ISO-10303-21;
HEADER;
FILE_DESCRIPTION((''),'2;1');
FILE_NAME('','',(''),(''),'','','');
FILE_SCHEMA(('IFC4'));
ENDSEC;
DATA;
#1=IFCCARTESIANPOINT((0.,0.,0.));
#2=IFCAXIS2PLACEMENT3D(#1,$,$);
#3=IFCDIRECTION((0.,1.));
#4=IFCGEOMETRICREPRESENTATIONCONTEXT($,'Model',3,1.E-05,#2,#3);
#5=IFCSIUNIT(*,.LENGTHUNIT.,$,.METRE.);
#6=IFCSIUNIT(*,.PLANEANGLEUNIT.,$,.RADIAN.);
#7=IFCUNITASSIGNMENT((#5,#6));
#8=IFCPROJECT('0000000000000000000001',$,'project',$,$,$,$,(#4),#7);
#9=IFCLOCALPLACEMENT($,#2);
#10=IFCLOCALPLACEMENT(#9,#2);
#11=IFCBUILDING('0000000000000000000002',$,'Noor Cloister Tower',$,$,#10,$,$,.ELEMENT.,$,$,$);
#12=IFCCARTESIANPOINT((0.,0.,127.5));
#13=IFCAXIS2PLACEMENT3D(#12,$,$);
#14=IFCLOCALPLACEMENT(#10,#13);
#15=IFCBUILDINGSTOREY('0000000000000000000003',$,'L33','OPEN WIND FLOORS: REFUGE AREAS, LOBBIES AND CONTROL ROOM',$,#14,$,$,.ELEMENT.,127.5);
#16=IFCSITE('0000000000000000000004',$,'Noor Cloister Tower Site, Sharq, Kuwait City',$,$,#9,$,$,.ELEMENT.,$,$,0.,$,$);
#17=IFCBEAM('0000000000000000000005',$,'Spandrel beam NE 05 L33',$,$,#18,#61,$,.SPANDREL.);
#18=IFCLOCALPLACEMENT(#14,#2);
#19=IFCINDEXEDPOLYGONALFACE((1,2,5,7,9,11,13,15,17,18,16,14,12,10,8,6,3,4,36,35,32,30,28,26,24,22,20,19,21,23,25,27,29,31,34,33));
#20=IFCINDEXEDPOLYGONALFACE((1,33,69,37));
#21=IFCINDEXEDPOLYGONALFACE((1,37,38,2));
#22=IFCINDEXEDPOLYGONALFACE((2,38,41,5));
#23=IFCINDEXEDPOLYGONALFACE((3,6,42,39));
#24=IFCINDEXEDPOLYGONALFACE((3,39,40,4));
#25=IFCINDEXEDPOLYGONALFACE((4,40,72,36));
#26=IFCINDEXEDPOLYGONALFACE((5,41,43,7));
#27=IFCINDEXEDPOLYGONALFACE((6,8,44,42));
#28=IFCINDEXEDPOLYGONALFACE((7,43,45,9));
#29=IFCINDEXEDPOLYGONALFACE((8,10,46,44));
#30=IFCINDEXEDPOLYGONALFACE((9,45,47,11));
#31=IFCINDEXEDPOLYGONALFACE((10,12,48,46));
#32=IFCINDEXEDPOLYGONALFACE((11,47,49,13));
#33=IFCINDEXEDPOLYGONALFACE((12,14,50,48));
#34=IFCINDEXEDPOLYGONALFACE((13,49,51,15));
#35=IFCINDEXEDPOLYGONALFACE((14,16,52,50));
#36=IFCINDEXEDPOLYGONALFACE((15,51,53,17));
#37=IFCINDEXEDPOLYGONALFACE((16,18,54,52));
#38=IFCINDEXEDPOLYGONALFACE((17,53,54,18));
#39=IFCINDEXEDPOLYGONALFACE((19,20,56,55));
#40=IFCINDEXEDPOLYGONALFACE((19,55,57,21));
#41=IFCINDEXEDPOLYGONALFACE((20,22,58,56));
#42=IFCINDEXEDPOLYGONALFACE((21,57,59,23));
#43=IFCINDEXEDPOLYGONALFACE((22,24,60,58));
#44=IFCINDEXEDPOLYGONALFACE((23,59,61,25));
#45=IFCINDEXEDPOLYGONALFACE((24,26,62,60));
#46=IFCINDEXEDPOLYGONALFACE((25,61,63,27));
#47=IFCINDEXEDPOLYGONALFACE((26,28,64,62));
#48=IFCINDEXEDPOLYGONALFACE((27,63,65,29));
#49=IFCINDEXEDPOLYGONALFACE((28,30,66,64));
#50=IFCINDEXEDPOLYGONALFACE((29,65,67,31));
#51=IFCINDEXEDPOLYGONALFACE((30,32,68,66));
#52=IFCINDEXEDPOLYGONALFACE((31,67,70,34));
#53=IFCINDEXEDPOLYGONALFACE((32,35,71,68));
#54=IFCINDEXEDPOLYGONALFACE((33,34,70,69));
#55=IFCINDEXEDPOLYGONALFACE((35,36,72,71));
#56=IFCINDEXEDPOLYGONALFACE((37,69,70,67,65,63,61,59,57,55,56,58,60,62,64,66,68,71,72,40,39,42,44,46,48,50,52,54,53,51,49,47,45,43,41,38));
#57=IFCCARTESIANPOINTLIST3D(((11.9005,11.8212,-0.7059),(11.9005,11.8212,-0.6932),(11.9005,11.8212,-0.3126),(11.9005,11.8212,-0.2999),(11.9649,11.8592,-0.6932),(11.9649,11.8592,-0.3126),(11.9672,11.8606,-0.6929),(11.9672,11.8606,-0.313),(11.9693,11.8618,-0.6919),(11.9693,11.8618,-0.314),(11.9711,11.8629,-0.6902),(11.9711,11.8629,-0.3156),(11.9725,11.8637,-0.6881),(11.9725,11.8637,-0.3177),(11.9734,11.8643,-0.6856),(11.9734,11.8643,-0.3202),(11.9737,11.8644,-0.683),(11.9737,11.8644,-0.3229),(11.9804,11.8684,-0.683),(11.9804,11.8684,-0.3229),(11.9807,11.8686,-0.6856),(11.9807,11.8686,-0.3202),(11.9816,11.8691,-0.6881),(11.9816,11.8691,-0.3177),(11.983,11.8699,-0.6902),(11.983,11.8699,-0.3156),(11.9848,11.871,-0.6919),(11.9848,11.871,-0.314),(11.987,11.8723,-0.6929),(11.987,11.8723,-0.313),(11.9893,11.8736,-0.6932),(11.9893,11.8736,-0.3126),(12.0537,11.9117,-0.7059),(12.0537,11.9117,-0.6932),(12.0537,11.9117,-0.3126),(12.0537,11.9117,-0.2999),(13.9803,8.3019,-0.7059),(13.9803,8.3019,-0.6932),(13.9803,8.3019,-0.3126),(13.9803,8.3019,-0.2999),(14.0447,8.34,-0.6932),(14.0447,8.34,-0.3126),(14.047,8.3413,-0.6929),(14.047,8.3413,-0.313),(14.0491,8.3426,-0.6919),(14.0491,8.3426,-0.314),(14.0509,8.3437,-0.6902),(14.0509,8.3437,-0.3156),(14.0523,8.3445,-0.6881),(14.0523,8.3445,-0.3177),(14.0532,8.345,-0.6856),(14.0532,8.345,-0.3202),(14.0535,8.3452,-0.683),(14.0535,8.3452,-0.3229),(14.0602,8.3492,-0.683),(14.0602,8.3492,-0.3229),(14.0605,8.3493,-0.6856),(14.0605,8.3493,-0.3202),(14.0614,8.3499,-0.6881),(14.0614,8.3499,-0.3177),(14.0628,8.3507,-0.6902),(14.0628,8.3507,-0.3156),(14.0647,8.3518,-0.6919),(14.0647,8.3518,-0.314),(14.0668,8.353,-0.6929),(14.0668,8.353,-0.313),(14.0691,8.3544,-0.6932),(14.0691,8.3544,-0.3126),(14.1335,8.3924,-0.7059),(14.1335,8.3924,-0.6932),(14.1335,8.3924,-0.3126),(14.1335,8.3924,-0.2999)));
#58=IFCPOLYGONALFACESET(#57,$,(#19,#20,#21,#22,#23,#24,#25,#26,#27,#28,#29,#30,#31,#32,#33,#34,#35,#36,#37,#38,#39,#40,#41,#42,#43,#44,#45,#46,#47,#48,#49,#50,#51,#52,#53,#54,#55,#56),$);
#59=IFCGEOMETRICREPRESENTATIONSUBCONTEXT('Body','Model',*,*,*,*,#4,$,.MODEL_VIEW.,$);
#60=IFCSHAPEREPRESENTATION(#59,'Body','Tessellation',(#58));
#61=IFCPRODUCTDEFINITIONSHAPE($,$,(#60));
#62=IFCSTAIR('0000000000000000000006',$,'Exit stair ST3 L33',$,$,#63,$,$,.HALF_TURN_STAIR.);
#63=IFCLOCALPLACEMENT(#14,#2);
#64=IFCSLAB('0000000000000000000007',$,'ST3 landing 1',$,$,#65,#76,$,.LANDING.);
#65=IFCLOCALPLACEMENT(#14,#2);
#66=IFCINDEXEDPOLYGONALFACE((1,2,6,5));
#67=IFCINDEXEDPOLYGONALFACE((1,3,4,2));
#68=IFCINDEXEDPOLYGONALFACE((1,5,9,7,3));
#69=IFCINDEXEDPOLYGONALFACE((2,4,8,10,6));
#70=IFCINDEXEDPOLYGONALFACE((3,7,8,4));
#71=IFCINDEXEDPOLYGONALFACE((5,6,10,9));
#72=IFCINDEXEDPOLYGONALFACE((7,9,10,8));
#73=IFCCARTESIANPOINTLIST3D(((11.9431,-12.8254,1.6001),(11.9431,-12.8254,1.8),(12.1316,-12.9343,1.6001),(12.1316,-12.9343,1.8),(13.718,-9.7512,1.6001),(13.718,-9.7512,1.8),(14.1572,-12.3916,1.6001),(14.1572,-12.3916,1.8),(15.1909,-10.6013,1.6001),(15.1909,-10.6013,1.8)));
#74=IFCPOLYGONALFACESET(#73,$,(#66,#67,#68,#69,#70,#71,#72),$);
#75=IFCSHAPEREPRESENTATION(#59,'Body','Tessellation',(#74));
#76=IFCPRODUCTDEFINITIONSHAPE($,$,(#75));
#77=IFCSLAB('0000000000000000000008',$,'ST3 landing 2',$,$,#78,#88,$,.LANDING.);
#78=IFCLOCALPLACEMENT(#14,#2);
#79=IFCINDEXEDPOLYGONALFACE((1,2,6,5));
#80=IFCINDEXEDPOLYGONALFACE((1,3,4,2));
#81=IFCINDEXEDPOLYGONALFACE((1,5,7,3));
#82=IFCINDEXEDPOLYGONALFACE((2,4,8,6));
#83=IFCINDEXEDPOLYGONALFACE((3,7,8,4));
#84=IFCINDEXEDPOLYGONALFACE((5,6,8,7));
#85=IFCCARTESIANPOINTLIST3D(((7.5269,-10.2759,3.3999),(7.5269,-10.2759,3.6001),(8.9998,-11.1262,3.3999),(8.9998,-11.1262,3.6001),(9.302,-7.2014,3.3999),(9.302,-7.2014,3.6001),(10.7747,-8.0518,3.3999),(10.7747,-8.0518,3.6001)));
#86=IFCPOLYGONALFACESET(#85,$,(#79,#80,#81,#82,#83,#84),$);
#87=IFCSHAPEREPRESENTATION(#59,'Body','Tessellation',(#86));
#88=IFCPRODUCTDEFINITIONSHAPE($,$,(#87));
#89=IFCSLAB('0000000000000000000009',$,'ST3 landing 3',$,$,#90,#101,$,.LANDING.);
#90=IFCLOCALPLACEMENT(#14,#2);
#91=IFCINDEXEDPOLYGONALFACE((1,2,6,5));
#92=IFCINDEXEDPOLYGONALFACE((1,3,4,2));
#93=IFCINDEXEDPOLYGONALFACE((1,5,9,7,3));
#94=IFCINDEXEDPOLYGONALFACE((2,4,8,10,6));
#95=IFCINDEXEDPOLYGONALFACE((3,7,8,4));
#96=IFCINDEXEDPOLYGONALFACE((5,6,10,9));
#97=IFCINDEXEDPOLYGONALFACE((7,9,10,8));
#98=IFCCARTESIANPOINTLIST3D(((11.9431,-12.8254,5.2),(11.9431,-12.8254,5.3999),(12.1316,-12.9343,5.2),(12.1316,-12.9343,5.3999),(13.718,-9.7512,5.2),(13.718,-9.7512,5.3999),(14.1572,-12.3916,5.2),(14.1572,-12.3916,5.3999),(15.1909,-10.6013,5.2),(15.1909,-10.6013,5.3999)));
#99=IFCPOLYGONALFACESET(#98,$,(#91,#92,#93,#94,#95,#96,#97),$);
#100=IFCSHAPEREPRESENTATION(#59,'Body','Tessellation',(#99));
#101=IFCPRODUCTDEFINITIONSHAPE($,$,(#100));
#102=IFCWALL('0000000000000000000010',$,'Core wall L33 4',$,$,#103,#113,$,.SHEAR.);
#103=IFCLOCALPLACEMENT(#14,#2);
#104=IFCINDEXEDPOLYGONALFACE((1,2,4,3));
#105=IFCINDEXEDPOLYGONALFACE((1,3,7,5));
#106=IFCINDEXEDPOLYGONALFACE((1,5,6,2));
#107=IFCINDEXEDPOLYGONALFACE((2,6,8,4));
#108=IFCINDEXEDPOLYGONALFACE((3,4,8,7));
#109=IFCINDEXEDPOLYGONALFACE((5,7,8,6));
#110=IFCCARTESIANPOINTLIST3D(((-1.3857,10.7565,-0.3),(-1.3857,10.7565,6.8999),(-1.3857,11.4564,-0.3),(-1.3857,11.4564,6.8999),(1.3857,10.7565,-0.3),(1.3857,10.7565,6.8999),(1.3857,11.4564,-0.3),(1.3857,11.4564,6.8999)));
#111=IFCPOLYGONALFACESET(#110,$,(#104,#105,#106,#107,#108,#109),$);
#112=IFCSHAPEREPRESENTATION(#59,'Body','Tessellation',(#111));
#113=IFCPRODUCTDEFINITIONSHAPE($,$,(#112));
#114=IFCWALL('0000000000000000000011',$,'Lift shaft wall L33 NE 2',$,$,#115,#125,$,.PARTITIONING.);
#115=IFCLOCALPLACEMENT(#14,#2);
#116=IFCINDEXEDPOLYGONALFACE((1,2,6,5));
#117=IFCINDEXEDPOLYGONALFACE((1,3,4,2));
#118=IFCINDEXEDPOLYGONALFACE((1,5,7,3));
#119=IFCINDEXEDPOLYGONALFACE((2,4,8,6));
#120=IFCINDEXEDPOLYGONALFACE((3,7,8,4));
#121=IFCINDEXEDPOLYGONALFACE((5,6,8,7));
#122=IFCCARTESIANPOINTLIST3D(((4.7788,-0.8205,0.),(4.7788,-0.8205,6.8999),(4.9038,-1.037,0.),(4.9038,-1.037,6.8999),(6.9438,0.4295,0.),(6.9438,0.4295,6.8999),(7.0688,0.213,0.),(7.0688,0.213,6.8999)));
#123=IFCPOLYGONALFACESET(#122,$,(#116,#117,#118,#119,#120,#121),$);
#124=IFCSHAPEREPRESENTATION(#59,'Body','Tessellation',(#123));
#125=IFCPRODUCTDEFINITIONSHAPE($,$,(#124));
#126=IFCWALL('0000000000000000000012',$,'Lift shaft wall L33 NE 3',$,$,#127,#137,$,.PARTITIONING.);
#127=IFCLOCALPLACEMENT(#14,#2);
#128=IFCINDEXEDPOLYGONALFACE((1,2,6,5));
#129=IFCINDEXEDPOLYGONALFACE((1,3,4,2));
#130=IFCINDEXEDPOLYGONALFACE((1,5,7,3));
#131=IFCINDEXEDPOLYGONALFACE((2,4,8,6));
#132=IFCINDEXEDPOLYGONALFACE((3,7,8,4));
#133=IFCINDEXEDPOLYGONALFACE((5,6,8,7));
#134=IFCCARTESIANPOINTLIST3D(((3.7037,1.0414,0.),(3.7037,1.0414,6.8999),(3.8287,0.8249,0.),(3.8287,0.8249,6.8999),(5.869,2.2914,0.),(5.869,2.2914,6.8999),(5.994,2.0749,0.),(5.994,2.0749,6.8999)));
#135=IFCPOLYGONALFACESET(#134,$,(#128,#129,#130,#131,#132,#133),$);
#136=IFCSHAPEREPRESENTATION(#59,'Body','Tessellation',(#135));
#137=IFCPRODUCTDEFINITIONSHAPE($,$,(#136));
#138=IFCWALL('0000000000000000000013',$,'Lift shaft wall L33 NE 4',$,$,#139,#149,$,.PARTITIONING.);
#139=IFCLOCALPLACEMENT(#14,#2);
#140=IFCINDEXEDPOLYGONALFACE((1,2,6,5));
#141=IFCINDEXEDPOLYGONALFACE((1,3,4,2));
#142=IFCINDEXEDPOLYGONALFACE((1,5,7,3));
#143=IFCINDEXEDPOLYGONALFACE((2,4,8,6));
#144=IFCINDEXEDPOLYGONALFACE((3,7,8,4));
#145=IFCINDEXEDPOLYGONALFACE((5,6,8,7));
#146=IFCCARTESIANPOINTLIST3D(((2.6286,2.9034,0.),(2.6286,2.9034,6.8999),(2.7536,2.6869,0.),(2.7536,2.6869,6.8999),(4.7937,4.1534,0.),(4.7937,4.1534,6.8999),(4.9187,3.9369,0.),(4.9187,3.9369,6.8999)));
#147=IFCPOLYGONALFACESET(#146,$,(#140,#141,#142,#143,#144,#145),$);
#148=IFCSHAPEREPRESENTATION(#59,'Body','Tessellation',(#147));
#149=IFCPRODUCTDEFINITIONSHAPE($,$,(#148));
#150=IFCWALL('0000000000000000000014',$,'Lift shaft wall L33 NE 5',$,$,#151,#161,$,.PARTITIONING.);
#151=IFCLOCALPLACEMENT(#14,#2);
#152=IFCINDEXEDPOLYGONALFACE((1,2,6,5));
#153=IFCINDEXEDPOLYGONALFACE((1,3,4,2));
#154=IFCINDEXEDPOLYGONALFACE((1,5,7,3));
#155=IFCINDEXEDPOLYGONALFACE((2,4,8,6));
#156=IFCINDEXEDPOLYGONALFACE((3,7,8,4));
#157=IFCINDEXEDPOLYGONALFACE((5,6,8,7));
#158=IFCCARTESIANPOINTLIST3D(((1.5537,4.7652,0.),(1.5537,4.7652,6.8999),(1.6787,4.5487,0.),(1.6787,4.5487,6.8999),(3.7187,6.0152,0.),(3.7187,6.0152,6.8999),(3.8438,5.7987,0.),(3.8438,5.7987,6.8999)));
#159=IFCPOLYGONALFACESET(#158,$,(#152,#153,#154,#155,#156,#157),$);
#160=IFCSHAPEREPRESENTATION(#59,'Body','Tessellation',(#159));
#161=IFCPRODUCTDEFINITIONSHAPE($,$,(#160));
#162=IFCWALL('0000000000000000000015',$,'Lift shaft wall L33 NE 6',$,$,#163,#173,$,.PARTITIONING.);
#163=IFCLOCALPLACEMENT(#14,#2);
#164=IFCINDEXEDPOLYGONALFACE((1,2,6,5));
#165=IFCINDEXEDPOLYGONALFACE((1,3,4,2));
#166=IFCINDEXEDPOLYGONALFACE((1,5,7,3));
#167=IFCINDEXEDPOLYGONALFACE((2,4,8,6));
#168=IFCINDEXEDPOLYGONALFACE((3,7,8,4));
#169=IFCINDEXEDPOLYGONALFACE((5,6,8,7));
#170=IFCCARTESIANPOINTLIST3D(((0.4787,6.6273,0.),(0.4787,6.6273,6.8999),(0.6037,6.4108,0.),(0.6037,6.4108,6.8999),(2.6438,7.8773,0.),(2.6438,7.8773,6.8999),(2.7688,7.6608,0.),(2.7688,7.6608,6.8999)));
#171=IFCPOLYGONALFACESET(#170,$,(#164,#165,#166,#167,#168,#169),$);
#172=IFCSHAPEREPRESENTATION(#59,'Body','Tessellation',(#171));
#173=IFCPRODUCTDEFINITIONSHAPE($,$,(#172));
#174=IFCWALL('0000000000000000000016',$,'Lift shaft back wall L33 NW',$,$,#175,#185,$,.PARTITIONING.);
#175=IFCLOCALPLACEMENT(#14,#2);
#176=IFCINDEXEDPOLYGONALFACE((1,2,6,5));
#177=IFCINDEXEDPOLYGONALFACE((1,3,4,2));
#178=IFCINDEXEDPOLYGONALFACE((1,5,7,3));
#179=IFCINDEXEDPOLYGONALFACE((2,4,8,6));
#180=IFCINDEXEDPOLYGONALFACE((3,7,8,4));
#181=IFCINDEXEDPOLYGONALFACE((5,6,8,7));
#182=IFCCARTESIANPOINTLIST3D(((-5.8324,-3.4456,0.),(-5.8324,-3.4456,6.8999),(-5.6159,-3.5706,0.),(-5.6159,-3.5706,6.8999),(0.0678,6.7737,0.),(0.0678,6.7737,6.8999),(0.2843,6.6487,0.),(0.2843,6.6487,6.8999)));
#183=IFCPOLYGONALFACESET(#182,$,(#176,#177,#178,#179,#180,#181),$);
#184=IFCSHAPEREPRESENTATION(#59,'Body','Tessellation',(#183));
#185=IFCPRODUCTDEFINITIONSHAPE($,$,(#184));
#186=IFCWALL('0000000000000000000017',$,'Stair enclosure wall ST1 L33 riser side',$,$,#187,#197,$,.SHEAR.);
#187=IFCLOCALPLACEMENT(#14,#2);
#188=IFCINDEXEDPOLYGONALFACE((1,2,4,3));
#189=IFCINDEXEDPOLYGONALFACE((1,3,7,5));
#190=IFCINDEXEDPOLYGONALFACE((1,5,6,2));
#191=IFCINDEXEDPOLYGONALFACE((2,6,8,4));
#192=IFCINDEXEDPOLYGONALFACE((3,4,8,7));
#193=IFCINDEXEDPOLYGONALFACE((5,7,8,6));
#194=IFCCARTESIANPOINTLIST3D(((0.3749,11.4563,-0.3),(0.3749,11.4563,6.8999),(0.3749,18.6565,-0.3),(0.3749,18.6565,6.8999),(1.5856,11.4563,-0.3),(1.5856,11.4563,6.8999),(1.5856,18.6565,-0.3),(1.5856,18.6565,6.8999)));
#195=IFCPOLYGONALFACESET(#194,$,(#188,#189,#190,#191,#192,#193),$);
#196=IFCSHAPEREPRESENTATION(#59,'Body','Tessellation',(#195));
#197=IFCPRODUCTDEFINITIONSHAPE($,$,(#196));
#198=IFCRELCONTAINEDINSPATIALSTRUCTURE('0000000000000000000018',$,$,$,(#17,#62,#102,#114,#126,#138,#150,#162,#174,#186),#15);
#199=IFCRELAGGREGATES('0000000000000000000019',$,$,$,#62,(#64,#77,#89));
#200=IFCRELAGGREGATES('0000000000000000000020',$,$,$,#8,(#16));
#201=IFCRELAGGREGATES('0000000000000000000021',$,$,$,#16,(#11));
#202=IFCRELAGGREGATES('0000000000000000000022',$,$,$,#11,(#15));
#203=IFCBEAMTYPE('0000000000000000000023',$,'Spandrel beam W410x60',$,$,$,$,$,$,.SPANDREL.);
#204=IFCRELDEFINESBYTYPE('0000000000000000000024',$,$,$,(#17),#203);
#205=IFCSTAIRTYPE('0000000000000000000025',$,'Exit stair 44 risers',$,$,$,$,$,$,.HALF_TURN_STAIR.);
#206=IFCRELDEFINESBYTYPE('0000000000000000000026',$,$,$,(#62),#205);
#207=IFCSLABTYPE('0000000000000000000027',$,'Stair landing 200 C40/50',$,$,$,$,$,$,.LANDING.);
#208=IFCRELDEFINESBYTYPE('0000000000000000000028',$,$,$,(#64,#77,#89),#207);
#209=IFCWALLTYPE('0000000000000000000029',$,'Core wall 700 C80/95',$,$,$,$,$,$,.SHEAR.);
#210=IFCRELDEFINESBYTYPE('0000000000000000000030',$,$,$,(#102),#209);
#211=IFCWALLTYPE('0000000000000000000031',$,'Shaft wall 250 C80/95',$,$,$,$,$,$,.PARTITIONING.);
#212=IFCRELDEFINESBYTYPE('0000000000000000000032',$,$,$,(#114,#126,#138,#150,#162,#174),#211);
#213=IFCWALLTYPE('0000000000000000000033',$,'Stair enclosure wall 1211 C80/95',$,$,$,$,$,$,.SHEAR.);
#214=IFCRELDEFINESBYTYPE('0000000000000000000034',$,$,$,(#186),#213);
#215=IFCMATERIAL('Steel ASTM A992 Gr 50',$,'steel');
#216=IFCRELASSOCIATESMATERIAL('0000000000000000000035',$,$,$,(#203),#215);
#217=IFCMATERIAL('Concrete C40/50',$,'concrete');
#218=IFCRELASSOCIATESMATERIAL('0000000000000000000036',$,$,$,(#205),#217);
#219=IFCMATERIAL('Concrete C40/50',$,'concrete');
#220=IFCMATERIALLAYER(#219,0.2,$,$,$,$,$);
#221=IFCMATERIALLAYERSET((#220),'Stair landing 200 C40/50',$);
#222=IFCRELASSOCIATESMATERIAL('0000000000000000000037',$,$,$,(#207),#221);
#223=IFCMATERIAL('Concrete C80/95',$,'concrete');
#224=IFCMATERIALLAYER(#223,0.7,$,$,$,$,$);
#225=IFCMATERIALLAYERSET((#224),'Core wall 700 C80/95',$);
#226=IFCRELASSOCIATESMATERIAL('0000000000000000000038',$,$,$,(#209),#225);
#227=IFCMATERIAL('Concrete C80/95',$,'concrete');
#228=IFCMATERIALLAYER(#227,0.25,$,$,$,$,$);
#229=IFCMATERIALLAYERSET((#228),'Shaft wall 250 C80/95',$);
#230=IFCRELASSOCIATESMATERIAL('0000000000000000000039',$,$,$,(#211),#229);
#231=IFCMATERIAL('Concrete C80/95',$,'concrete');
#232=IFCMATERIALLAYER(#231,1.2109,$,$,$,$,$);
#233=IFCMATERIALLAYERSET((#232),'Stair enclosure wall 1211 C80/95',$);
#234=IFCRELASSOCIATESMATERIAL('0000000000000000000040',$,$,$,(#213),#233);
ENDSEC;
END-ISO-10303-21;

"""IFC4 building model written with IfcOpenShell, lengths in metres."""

from ifc_helpers import new_model, si_unit, direction, frame, frame_2d, origin, origin_2d, place, context, subcontext, project, spatial, polyline, rectangle, i_section, outline, extrude, material, layer, layer_set, material_profile, profile_set, type_object, element, aggregate, save


model = new_model("IFC4")

# Units and contexts
model_context = context("Model", 3, precision=1e-05, world=origin(), true_north=direction((0.0, 1.0)))
body_context = subcontext(model_context, "Body", "Model", "MODEL_VIEW")
ifc_project = project(units=[si_unit("LENGTHUNIT", "METRE"), si_unit("PLANEANGLEUNIT", "RADIAN")], contexts=[model_context])

# Site, building, storey
site_placement = place(None, origin())
site = spatial("IfcSite", under=ifc_project, at=site_placement, Name="Noor Cloister Tower Site, Sharq, Kuwait City", CompositionType="ELEMENT", RefElevation=0.0)
building_placement = place(site_placement, origin())
building = spatial("IfcBuilding", under=site, at=building_placement, Name="Noor Cloister Tower", CompositionType="ELEMENT")
storey_placement = place(building_placement, frame((0.0, 0.0, 127.5)))
storey = spatial("IfcBuildingStorey", under=building, at=storey_placement, Name="L33", Description="OPEN WIND FLOORS: REFUGE AREAS, LOBBIES AND CONTROL ROOM", CompositionType="ELEMENT", Elevation=127.5)

# Beam
ifc_material_1 = material(Name="Steel ASTM A992 Gr 50", Category="steel")
ifc_material_profile_1 = material_profile(ifc_material_1, i_section(OverallWidth=0.178, OverallDepth=0.406, WebThickness=0.0078, FlangeThickness=0.0127, FilletRadius=0.0103, at=origin_2d()), Name="W410x60")
ifc_profile_set_1 = profile_set([ifc_material_profile_1], Name="Steel ASTM A992 Gr 50")
beam_type_1 = type_object("IfcBeamType", Name="Spandrel beam W410x60", PredefinedType="SPANDREL", material=ifc_profile_set_1)
for number, where, z_axis, x_axis, name in (
    (1, (14.0569, 8.3472, -0.5029), (-0.508776, 0.860899, 0.0), (-0.860899, -0.508776, 0.0), "Spandrel beam NE 05 L33"),
):
    element("IfcBeam", number, at=place(storey_placement, frame(where, z_axis=z_axis, x_axis=x_axis)), inside=storey, type_object=beam_type_1, Name=name, PredefinedType="SPANDREL", context=body_context, shape_type="SweptSolid", body=[
        extrude(i_section(OverallWidth=0.178, OverallDepth=0.406, WebThickness=0.0078, FlangeThickness=0.0127, FilletRadius=0.0103, at=origin_2d()), origin(), (0.0, 0.0, 1.0), 4.0879),
    ])

# Stair, slabs
ifc_material_2 = material(Name="Concrete C40/50", Category="concrete")
stair_type = type_object("IfcStairType", Name="Exit stair 44 risers", PredefinedType="HALF_TURN_STAIR", material=ifc_material_2)
stair_placement = place(storey_placement, origin())
stair = element("IfcStair", 2, at=stair_placement, inside=storey, type_object=stair_type, Name="Exit stair ST3 L33", PredefinedType="HALF_TURN_STAIR")
ifc_material_3 = material(Name="Concrete C40/50", Category="concrete")
ifc_layer_1 = layer(ifc_material_3, 0.2)
ifc_layer_set_1 = layer_set([ifc_layer_1], Name="Stair landing 200 C40/50")
slab_type = type_object("IfcSlabType", Name="Stair landing 200 C40/50", PredefinedType="LANDING", material=ifc_layer_set_1)
slab_1_placement = place(storey_placement, frame((0.0, 0.0, 1.6001)))
slab_1 = element("IfcSlab", 3, at=slab_1_placement, type_object=slab_type, Name="ST3 landing 1", PredefinedType="LANDING", context=body_context, shape_type="SweptSolid", body=[
    extrude(outline(polyline([(11.9431, -12.8254), (12.1316, -12.9343), (14.1572, -12.3916), (15.1909, -10.6013), (13.718, -9.7512), (11.9431, -12.8254)])), origin(), (0.0, 0.0, 1.0), 0.2),
])
slab_2_placement = place(storey_placement, frame((0.0, 0.0, 3.3999)))
slab_2 = element("IfcSlab", 4, at=slab_2_placement, type_object=slab_type, Name="ST3 landing 2", PredefinedType="LANDING", context=body_context, shape_type="SweptSolid", body=[
    extrude(outline(polyline([(10.7747, -8.0518), (9.302, -7.2014), (7.5269, -10.2759), (8.9998, -11.1262), (10.7747, -8.0518)])), origin(), (0.0, 0.0, 1.0), 0.2002),
])
slab_3_placement = place(storey_placement, frame((0.0, 0.0, 5.2)))
slab_3 = element("IfcSlab", 5, at=slab_3_placement, type_object=slab_type, Name="ST3 landing 3", PredefinedType="LANDING", context=body_context, shape_type="SweptSolid", body=[
    extrude(outline(polyline([(11.9431, -12.8254), (12.1316, -12.9343), (14.1572, -12.3916), (15.1909, -10.6013), (13.718, -9.7512), (11.9431, -12.8254)])), origin(), (0.0, 0.0, 1.0), 0.2),
])
aggregate(stair, [slab_1, slab_2, slab_3])

# Walls
ifc_material_4 = material(Name="Concrete C80/95", Category="concrete")
ifc_layer_2 = layer(ifc_material_4, 0.7)
ifc_layer_set_2 = layer_set([ifc_layer_2], Name="Core wall 700 C80/95")
wall_type_1 = type_object("IfcWallType", Name="Core wall 700 C80/95", PredefinedType="SHEAR", material=ifc_layer_set_2)
wall_1_placement = place(storey_placement, frame((1.3857, 11.1064, -0.3), z_axis=(0.0, 0.0, 1.0), x_axis=(-1.0, 0.0, 0.0)))
element("IfcWall", 6, at=wall_1_placement, inside=storey, type_object=wall_type_1, Name="Core wall L33 4", PredefinedType="SHEAR", context=body_context, shape_type="SweptSolid", body=[
    extrude(rectangle(XDim=2.7715, YDim=0.7, at=frame_2d((1.3857, 0.0))), origin(), (0.0, 0.0, 1.0), 7.2),
])
ifc_material_5 = material(Name="Concrete C80/95", Category="concrete")
ifc_layer_3 = layer(ifc_material_5, 0.25)
ifc_layer_set_3 = layer_set([ifc_layer_3], Name="Shaft wall 250 C80/95")
wall_type_2 = type_object("IfcWallType", Name="Shaft wall 250 C80/95", PredefinedType="PARTITIONING", material=ifc_layer_set_3)
wall_2_placement = place(storey_placement, frame((7.0063, 0.3213, 0.0), z_axis=(0.0, 0.0, 1.0), x_axis=(-0.866023, -0.500004, 0.0)))
element("IfcWall", 7, at=wall_2_placement, inside=storey, type_object=wall_type_2, Name="Lift shaft wall L33 NE 2", PredefinedType="PARTITIONING", context=body_context, shape_type="SweptSolid", body=[
    extrude(rectangle(XDim=2.5, YDim=0.25, at=frame_2d((1.25, 0.0))), origin(), (0.0, 0.0, 1.0), 6.8999),
])
wall_3_placement = place(storey_placement, frame((5.9314, 2.1831, 0.0), z_axis=(0.0, 0.0, 1.0), x_axis=(-0.866047, -0.499962, 0.0)))
element("IfcWall", 8, at=wall_3_placement, inside=storey, type_object=wall_type_2, Name="Lift shaft wall L33 NE 3", PredefinedType="PARTITIONING", context=body_context, shape_type="SweptSolid", body=[
    extrude(rectangle(XDim=2.5002, YDim=0.25, at=frame_2d((1.25, 0.0))), origin(), (0.0, 0.0, 1.0), 6.8999),
])
for number, where, z_axis, x_axis, name in (
    (9, (4.8562, 4.0452, 0.0), (0.0, 0.0, 1.0), (-0.866023, -0.500004, 0.0), "Lift shaft wall L33 NE 4"),
    (10, (3.7812, 5.907, 0.0), (0.0, 0.0, 1.0), (-0.866023, -0.500004, 0.0), "Lift shaft wall L33 NE 5"),
    (11, (2.7063, 7.769, 0.0), (0.0, 0.0, 1.0), (-0.866023, -0.500004, 0.0), "Lift shaft wall L33 NE 6"),
):
    element("IfcWall", number, at=place(storey_placement, frame(where, z_axis=z_axis, x_axis=x_axis)), inside=storey, type_object=wall_type_2, Name=name, PredefinedType="PARTITIONING", context=body_context, shape_type="SweptSolid", body=[
        extrude(rectangle(XDim=2.5, YDim=0.25, at=frame_2d((1.25, 0.0))), origin(), (0.0, 0.0, 1.0), 6.8999),
    ])
wall_4_placement = place(storey_placement, frame((0.176, 6.7112, 0.0), z_axis=(0.0, 0.0, 1.0), x_axis=(-0.500004, -0.866023, 0.0)))
element("IfcWall", 12, at=wall_4_placement, inside=storey, type_object=wall_type_2, Name="Lift shaft back wall L33 NW", PredefinedType="PARTITIONING", context=body_context, shape_type="SweptSolid", body=[
    extrude(rectangle(XDim=11.8003, YDim=0.25, at=frame_2d((5.9001, 0.0))), origin(), (0.0, 0.0, 1.0), 6.8999),
])
ifc_material_6 = material(Name="Concrete C80/95", Category="concrete")
ifc_layer_4 = layer(ifc_material_6, 1.2109)
ifc_layer_set_4 = layer_set([ifc_layer_4], Name="Stair enclosure wall 1211 C80/95")
wall_type_3 = type_object("IfcWallType", Name="Stair enclosure wall 1211 C80/95", PredefinedType="SHEAR", material=ifc_layer_set_4)
wall_5_placement = place(storey_placement, frame((0.9802, 11.4563, -0.3), z_axis=(0.0, 0.0, 1.0), x_axis=(0.0, 1.0, 0.0)))
element("IfcWall", 13, at=wall_5_placement, inside=storey, type_object=wall_type_3, Name="Stair enclosure wall ST1 L33 riser side", PredefinedType="SHEAR", context=body_context, shape_type="SweptSolid", body=[
    extrude(rectangle(XDim=7.2002, YDim=1.2107, at=frame_2d((3.6001, 0.0))), origin(), (0.0, 0.0, 1.0), 7.2),
])

save(model, "model.ifc")
